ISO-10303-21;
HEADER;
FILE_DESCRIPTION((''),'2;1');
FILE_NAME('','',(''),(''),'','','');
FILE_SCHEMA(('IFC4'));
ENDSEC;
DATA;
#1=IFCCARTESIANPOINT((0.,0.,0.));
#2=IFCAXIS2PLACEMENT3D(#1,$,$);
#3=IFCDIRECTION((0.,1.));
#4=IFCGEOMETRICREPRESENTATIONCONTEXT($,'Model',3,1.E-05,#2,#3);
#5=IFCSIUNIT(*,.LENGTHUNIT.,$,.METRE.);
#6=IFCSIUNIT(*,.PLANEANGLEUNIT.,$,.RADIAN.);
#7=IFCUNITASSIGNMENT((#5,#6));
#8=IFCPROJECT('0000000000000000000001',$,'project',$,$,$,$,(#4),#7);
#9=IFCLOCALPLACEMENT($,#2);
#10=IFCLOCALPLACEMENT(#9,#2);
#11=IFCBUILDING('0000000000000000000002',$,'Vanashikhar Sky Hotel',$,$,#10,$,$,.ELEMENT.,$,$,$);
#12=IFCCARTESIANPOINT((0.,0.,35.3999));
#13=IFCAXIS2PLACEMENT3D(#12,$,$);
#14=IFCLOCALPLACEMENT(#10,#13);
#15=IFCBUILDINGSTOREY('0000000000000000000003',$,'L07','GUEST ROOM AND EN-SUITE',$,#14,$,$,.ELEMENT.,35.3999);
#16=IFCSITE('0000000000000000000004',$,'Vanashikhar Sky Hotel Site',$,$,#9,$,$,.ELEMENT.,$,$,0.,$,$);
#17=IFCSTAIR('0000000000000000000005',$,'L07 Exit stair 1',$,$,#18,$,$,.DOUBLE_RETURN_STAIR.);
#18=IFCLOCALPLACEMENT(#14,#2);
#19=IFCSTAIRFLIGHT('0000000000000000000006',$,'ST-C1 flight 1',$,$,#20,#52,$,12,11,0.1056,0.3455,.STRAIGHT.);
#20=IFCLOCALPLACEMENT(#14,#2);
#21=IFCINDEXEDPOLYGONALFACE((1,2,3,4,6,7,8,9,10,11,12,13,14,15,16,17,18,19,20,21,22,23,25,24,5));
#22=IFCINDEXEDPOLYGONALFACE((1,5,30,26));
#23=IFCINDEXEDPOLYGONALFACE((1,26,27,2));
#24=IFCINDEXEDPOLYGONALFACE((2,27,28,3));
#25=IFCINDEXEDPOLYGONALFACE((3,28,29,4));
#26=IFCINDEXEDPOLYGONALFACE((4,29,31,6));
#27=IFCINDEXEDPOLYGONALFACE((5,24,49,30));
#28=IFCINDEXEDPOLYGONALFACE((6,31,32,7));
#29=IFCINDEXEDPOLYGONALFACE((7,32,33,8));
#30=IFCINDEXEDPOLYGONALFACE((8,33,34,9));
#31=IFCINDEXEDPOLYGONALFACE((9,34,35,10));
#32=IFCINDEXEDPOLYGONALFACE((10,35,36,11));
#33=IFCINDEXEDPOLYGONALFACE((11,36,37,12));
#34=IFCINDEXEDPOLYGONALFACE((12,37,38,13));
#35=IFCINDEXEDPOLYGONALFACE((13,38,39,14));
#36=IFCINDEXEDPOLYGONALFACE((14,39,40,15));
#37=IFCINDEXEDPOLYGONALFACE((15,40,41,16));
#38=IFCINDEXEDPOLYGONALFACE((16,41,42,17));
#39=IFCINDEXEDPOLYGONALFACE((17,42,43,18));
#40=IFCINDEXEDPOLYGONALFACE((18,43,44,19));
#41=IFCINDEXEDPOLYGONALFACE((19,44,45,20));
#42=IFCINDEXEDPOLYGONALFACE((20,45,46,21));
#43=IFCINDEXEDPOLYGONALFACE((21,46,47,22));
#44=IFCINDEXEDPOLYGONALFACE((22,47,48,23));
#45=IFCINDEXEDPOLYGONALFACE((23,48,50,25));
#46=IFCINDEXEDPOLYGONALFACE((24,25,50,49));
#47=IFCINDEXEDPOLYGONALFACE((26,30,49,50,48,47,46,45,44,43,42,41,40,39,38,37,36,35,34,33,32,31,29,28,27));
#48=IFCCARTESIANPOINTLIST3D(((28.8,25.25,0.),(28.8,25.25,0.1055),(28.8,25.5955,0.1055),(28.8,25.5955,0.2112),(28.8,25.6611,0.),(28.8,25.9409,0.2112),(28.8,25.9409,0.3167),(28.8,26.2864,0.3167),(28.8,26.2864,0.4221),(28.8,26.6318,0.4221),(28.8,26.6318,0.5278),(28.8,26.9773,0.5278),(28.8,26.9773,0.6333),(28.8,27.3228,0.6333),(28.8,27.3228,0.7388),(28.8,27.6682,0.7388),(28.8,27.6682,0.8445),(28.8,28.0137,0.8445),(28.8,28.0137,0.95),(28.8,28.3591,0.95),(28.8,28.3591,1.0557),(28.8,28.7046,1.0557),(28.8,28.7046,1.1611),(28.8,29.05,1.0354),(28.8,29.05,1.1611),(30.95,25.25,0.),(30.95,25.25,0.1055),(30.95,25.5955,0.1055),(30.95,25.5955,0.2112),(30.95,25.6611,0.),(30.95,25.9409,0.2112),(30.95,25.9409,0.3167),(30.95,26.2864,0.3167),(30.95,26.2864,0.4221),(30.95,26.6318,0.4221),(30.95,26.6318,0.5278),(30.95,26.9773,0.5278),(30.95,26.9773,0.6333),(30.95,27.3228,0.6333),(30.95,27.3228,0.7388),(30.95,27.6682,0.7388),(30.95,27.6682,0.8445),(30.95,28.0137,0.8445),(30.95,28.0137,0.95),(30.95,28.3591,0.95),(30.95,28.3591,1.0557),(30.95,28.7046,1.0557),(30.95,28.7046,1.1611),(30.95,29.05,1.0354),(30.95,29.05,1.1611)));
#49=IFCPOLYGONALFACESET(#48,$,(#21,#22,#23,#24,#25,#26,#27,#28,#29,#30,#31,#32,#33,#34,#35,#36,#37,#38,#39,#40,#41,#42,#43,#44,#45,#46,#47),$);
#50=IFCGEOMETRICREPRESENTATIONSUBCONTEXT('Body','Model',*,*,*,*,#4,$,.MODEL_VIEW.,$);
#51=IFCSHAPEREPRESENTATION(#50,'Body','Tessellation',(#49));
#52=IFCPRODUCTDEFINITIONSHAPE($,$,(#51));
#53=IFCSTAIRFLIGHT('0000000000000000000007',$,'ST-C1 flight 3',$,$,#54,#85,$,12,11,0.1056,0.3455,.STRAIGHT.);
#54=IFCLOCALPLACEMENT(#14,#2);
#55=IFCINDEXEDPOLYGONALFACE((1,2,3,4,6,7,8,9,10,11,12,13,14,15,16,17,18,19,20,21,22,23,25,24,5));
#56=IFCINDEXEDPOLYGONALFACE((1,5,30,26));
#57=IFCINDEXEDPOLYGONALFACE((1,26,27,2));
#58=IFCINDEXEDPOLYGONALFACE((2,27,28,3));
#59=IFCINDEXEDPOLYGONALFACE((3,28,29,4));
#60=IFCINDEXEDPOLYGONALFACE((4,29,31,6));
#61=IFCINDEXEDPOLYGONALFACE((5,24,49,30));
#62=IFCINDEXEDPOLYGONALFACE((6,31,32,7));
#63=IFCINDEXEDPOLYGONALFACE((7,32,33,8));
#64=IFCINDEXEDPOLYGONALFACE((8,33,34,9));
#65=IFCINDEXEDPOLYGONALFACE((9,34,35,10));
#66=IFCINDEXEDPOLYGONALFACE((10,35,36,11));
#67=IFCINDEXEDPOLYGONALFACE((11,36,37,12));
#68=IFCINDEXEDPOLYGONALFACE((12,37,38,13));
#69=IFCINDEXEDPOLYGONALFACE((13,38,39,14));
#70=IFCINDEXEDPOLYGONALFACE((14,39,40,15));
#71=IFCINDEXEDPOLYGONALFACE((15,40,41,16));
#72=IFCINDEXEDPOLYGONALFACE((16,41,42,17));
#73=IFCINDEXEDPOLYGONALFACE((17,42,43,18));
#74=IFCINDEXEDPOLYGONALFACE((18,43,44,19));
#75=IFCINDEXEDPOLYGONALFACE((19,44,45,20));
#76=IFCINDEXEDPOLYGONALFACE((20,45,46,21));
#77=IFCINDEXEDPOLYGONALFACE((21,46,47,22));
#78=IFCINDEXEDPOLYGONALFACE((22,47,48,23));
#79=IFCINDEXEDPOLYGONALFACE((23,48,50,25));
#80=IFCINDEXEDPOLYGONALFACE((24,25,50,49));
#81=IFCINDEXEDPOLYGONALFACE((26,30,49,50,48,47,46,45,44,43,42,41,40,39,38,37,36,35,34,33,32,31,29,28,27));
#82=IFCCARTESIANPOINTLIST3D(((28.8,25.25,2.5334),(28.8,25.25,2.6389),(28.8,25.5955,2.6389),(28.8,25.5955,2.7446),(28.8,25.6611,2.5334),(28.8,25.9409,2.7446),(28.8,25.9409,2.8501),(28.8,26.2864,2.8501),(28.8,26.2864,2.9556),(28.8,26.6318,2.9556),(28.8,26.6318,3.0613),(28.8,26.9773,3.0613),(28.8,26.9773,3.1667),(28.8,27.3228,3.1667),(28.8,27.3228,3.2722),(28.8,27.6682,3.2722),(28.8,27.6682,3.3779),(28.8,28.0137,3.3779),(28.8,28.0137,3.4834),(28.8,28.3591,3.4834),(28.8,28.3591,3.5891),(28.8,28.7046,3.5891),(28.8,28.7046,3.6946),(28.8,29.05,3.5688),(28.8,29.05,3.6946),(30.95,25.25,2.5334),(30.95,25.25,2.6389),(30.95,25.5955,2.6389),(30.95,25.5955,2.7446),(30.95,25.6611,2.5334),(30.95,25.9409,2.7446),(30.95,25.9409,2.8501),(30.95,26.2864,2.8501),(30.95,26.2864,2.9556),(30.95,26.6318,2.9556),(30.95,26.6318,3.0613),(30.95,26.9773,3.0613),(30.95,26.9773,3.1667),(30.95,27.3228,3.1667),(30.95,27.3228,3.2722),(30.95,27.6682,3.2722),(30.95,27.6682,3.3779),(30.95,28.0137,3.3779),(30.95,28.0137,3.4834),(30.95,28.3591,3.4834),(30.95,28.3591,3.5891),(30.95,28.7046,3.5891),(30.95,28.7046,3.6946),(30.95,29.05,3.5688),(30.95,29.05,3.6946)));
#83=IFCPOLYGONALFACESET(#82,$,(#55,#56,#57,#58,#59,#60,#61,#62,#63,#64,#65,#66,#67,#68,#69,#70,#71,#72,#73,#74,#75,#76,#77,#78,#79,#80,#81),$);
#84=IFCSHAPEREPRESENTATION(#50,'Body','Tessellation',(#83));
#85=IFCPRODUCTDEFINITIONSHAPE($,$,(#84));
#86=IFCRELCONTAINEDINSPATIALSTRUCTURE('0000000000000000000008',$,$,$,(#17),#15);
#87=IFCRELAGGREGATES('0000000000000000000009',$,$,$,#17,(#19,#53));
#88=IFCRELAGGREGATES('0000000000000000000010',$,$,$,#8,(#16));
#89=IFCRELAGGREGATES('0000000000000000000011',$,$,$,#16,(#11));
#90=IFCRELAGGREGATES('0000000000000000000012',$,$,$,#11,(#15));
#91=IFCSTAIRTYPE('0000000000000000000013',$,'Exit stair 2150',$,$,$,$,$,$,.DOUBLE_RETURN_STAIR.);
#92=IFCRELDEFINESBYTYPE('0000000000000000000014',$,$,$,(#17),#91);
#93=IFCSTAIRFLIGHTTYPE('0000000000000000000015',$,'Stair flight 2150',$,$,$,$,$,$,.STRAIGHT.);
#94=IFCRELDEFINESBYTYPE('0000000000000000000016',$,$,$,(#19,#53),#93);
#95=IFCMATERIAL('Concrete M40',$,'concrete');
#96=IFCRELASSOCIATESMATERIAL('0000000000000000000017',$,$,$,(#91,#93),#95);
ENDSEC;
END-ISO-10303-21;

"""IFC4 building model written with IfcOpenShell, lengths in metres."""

from ifc_helpers import new_model, si_unit, direction, frame, origin, place, context, subcontext, project, spatial, polyline, outline, extrude, source, transform, mapped, material, type_object, element, aggregate, save


model = new_model("IFC4")

# Units and contexts
model_context = context("Model", 3, precision=1e-05, world=origin(), true_north=direction((0.0, 1.0)))
body_context = subcontext(model_context, "Body", "Model", "MODEL_VIEW")
ifc_project = project(units=[si_unit("LENGTHUNIT", "METRE"), si_unit("PLANEANGLEUNIT", "RADIAN")], contexts=[model_context])

# Site, building, storey
site_placement = place(None, origin())
site = spatial("IfcSite", under=ifc_project, at=site_placement, Name="Vanashikhar Sky Hotel Site", CompositionType="ELEMENT", RefElevation=0.0)
building_placement = place(site_placement, origin())
building = spatial("IfcBuilding", under=site, at=building_placement, Name="Vanashikhar Sky Hotel", CompositionType="ELEMENT")
storey_placement = place(building_placement, frame((0.0, 0.0, 35.3999)))
storey = spatial("IfcBuildingStorey", under=building, at=storey_placement, Name="L07", Description="GUEST ROOM AND EN-SUITE", CompositionType="ELEMENT", Elevation=35.3999)

# Stair, stair flights
ifc_material_1 = material(Name="Concrete M40", Category="concrete")
stair_type = type_object("IfcStairType", Name="Exit stair 2150", PredefinedType="DOUBLE_RETURN_STAIR", material=ifc_material_1)
stair_placement = place(storey_placement, origin())
stair = element("IfcStair", 1, at=stair_placement, inside=storey, type_object=stair_type, Name="L07 Exit stair 1", PredefinedType="DOUBLE_RETURN_STAIR")
stair_flight_type = type_object("IfcStairFlightType", Name="Stair flight 2150", PredefinedType="STRAIGHT", material=ifc_material_1)
shared_shape_1 = source(origin(), body_context, "Body", "SweptSolid", [
    extrude(outline(polyline([(0.0, 0.0), (0.0, 0.1055), (0.3455, 0.1055), (0.3455, 0.2112), (0.6909, 0.2112), (0.6909, 0.3167), (1.0364, 0.3167), (1.0364, 0.4221), (1.3818, 0.4221), (1.3818, 0.5278), (1.7273, 0.5278), (1.7273, 0.6333), (2.0728, 0.6333), (2.0728, 0.7388), (2.4182, 0.7388), (2.4182, 0.8445), (2.7637, 0.8445), (2.7637, 0.95), (3.1091, 0.95), (3.1091, 1.0557), (3.4546, 1.0557), (3.4546, 1.1611), (3.8, 1.1611), (3.8, 1.2666), (3.8, 1.0354), (0.4111, 0.0), (0.0, 0.0)])), frame((0.0, 1.075, 0.0), z_axis=(0.0, -1.0, 0.0), x_axis=(1.0, 0.0, 0.0)), (0.0, 0.0, 1.0), 2.1499),
])
stair_flight_1_placement = place(storey_placement, frame((29.875, 25.25, 0.0), z_axis=(0.0, 0.0, 1.0), x_axis=(0.0, 1.0, 0.0)))
stair_flight_1 = element("IfcStairFlight", 2, at=stair_flight_1_placement, type_object=stair_flight_type, Name="ST-C1 flight 1", NumberOfRisers=12, NumberOfTreads=11, PredefinedType="STRAIGHT", RiserHeight=0.1056, TreadLength=0.3455, context=body_context, shape_type="MappedRepresentation", body=[
    mapped(shared_shape_1, transform((0.0, 0.0, 0.0), scale=1.0)),
])
stair_flight_2_placement = place(storey_placement, frame((29.875, 25.25, 2.5334), z_axis=(0.0, 0.0, 1.0), x_axis=(0.0, 1.0, 0.0)))
stair_flight_2 = element("IfcStairFlight", 3, at=stair_flight_2_placement, type_object=stair_flight_type, Name="ST-C1 flight 3", NumberOfRisers=12, NumberOfTreads=11, PredefinedType="STRAIGHT", RiserHeight=0.1056, TreadLength=0.3455, context=body_context, shape_type="MappedRepresentation", body=[
    mapped(shared_shape_1, transform((0.0, 0.0, 0.0), scale=1.0)),
])
aggregate(stair, [stair_flight_1, stair_flight_2])

save(model, "model.ifc")
